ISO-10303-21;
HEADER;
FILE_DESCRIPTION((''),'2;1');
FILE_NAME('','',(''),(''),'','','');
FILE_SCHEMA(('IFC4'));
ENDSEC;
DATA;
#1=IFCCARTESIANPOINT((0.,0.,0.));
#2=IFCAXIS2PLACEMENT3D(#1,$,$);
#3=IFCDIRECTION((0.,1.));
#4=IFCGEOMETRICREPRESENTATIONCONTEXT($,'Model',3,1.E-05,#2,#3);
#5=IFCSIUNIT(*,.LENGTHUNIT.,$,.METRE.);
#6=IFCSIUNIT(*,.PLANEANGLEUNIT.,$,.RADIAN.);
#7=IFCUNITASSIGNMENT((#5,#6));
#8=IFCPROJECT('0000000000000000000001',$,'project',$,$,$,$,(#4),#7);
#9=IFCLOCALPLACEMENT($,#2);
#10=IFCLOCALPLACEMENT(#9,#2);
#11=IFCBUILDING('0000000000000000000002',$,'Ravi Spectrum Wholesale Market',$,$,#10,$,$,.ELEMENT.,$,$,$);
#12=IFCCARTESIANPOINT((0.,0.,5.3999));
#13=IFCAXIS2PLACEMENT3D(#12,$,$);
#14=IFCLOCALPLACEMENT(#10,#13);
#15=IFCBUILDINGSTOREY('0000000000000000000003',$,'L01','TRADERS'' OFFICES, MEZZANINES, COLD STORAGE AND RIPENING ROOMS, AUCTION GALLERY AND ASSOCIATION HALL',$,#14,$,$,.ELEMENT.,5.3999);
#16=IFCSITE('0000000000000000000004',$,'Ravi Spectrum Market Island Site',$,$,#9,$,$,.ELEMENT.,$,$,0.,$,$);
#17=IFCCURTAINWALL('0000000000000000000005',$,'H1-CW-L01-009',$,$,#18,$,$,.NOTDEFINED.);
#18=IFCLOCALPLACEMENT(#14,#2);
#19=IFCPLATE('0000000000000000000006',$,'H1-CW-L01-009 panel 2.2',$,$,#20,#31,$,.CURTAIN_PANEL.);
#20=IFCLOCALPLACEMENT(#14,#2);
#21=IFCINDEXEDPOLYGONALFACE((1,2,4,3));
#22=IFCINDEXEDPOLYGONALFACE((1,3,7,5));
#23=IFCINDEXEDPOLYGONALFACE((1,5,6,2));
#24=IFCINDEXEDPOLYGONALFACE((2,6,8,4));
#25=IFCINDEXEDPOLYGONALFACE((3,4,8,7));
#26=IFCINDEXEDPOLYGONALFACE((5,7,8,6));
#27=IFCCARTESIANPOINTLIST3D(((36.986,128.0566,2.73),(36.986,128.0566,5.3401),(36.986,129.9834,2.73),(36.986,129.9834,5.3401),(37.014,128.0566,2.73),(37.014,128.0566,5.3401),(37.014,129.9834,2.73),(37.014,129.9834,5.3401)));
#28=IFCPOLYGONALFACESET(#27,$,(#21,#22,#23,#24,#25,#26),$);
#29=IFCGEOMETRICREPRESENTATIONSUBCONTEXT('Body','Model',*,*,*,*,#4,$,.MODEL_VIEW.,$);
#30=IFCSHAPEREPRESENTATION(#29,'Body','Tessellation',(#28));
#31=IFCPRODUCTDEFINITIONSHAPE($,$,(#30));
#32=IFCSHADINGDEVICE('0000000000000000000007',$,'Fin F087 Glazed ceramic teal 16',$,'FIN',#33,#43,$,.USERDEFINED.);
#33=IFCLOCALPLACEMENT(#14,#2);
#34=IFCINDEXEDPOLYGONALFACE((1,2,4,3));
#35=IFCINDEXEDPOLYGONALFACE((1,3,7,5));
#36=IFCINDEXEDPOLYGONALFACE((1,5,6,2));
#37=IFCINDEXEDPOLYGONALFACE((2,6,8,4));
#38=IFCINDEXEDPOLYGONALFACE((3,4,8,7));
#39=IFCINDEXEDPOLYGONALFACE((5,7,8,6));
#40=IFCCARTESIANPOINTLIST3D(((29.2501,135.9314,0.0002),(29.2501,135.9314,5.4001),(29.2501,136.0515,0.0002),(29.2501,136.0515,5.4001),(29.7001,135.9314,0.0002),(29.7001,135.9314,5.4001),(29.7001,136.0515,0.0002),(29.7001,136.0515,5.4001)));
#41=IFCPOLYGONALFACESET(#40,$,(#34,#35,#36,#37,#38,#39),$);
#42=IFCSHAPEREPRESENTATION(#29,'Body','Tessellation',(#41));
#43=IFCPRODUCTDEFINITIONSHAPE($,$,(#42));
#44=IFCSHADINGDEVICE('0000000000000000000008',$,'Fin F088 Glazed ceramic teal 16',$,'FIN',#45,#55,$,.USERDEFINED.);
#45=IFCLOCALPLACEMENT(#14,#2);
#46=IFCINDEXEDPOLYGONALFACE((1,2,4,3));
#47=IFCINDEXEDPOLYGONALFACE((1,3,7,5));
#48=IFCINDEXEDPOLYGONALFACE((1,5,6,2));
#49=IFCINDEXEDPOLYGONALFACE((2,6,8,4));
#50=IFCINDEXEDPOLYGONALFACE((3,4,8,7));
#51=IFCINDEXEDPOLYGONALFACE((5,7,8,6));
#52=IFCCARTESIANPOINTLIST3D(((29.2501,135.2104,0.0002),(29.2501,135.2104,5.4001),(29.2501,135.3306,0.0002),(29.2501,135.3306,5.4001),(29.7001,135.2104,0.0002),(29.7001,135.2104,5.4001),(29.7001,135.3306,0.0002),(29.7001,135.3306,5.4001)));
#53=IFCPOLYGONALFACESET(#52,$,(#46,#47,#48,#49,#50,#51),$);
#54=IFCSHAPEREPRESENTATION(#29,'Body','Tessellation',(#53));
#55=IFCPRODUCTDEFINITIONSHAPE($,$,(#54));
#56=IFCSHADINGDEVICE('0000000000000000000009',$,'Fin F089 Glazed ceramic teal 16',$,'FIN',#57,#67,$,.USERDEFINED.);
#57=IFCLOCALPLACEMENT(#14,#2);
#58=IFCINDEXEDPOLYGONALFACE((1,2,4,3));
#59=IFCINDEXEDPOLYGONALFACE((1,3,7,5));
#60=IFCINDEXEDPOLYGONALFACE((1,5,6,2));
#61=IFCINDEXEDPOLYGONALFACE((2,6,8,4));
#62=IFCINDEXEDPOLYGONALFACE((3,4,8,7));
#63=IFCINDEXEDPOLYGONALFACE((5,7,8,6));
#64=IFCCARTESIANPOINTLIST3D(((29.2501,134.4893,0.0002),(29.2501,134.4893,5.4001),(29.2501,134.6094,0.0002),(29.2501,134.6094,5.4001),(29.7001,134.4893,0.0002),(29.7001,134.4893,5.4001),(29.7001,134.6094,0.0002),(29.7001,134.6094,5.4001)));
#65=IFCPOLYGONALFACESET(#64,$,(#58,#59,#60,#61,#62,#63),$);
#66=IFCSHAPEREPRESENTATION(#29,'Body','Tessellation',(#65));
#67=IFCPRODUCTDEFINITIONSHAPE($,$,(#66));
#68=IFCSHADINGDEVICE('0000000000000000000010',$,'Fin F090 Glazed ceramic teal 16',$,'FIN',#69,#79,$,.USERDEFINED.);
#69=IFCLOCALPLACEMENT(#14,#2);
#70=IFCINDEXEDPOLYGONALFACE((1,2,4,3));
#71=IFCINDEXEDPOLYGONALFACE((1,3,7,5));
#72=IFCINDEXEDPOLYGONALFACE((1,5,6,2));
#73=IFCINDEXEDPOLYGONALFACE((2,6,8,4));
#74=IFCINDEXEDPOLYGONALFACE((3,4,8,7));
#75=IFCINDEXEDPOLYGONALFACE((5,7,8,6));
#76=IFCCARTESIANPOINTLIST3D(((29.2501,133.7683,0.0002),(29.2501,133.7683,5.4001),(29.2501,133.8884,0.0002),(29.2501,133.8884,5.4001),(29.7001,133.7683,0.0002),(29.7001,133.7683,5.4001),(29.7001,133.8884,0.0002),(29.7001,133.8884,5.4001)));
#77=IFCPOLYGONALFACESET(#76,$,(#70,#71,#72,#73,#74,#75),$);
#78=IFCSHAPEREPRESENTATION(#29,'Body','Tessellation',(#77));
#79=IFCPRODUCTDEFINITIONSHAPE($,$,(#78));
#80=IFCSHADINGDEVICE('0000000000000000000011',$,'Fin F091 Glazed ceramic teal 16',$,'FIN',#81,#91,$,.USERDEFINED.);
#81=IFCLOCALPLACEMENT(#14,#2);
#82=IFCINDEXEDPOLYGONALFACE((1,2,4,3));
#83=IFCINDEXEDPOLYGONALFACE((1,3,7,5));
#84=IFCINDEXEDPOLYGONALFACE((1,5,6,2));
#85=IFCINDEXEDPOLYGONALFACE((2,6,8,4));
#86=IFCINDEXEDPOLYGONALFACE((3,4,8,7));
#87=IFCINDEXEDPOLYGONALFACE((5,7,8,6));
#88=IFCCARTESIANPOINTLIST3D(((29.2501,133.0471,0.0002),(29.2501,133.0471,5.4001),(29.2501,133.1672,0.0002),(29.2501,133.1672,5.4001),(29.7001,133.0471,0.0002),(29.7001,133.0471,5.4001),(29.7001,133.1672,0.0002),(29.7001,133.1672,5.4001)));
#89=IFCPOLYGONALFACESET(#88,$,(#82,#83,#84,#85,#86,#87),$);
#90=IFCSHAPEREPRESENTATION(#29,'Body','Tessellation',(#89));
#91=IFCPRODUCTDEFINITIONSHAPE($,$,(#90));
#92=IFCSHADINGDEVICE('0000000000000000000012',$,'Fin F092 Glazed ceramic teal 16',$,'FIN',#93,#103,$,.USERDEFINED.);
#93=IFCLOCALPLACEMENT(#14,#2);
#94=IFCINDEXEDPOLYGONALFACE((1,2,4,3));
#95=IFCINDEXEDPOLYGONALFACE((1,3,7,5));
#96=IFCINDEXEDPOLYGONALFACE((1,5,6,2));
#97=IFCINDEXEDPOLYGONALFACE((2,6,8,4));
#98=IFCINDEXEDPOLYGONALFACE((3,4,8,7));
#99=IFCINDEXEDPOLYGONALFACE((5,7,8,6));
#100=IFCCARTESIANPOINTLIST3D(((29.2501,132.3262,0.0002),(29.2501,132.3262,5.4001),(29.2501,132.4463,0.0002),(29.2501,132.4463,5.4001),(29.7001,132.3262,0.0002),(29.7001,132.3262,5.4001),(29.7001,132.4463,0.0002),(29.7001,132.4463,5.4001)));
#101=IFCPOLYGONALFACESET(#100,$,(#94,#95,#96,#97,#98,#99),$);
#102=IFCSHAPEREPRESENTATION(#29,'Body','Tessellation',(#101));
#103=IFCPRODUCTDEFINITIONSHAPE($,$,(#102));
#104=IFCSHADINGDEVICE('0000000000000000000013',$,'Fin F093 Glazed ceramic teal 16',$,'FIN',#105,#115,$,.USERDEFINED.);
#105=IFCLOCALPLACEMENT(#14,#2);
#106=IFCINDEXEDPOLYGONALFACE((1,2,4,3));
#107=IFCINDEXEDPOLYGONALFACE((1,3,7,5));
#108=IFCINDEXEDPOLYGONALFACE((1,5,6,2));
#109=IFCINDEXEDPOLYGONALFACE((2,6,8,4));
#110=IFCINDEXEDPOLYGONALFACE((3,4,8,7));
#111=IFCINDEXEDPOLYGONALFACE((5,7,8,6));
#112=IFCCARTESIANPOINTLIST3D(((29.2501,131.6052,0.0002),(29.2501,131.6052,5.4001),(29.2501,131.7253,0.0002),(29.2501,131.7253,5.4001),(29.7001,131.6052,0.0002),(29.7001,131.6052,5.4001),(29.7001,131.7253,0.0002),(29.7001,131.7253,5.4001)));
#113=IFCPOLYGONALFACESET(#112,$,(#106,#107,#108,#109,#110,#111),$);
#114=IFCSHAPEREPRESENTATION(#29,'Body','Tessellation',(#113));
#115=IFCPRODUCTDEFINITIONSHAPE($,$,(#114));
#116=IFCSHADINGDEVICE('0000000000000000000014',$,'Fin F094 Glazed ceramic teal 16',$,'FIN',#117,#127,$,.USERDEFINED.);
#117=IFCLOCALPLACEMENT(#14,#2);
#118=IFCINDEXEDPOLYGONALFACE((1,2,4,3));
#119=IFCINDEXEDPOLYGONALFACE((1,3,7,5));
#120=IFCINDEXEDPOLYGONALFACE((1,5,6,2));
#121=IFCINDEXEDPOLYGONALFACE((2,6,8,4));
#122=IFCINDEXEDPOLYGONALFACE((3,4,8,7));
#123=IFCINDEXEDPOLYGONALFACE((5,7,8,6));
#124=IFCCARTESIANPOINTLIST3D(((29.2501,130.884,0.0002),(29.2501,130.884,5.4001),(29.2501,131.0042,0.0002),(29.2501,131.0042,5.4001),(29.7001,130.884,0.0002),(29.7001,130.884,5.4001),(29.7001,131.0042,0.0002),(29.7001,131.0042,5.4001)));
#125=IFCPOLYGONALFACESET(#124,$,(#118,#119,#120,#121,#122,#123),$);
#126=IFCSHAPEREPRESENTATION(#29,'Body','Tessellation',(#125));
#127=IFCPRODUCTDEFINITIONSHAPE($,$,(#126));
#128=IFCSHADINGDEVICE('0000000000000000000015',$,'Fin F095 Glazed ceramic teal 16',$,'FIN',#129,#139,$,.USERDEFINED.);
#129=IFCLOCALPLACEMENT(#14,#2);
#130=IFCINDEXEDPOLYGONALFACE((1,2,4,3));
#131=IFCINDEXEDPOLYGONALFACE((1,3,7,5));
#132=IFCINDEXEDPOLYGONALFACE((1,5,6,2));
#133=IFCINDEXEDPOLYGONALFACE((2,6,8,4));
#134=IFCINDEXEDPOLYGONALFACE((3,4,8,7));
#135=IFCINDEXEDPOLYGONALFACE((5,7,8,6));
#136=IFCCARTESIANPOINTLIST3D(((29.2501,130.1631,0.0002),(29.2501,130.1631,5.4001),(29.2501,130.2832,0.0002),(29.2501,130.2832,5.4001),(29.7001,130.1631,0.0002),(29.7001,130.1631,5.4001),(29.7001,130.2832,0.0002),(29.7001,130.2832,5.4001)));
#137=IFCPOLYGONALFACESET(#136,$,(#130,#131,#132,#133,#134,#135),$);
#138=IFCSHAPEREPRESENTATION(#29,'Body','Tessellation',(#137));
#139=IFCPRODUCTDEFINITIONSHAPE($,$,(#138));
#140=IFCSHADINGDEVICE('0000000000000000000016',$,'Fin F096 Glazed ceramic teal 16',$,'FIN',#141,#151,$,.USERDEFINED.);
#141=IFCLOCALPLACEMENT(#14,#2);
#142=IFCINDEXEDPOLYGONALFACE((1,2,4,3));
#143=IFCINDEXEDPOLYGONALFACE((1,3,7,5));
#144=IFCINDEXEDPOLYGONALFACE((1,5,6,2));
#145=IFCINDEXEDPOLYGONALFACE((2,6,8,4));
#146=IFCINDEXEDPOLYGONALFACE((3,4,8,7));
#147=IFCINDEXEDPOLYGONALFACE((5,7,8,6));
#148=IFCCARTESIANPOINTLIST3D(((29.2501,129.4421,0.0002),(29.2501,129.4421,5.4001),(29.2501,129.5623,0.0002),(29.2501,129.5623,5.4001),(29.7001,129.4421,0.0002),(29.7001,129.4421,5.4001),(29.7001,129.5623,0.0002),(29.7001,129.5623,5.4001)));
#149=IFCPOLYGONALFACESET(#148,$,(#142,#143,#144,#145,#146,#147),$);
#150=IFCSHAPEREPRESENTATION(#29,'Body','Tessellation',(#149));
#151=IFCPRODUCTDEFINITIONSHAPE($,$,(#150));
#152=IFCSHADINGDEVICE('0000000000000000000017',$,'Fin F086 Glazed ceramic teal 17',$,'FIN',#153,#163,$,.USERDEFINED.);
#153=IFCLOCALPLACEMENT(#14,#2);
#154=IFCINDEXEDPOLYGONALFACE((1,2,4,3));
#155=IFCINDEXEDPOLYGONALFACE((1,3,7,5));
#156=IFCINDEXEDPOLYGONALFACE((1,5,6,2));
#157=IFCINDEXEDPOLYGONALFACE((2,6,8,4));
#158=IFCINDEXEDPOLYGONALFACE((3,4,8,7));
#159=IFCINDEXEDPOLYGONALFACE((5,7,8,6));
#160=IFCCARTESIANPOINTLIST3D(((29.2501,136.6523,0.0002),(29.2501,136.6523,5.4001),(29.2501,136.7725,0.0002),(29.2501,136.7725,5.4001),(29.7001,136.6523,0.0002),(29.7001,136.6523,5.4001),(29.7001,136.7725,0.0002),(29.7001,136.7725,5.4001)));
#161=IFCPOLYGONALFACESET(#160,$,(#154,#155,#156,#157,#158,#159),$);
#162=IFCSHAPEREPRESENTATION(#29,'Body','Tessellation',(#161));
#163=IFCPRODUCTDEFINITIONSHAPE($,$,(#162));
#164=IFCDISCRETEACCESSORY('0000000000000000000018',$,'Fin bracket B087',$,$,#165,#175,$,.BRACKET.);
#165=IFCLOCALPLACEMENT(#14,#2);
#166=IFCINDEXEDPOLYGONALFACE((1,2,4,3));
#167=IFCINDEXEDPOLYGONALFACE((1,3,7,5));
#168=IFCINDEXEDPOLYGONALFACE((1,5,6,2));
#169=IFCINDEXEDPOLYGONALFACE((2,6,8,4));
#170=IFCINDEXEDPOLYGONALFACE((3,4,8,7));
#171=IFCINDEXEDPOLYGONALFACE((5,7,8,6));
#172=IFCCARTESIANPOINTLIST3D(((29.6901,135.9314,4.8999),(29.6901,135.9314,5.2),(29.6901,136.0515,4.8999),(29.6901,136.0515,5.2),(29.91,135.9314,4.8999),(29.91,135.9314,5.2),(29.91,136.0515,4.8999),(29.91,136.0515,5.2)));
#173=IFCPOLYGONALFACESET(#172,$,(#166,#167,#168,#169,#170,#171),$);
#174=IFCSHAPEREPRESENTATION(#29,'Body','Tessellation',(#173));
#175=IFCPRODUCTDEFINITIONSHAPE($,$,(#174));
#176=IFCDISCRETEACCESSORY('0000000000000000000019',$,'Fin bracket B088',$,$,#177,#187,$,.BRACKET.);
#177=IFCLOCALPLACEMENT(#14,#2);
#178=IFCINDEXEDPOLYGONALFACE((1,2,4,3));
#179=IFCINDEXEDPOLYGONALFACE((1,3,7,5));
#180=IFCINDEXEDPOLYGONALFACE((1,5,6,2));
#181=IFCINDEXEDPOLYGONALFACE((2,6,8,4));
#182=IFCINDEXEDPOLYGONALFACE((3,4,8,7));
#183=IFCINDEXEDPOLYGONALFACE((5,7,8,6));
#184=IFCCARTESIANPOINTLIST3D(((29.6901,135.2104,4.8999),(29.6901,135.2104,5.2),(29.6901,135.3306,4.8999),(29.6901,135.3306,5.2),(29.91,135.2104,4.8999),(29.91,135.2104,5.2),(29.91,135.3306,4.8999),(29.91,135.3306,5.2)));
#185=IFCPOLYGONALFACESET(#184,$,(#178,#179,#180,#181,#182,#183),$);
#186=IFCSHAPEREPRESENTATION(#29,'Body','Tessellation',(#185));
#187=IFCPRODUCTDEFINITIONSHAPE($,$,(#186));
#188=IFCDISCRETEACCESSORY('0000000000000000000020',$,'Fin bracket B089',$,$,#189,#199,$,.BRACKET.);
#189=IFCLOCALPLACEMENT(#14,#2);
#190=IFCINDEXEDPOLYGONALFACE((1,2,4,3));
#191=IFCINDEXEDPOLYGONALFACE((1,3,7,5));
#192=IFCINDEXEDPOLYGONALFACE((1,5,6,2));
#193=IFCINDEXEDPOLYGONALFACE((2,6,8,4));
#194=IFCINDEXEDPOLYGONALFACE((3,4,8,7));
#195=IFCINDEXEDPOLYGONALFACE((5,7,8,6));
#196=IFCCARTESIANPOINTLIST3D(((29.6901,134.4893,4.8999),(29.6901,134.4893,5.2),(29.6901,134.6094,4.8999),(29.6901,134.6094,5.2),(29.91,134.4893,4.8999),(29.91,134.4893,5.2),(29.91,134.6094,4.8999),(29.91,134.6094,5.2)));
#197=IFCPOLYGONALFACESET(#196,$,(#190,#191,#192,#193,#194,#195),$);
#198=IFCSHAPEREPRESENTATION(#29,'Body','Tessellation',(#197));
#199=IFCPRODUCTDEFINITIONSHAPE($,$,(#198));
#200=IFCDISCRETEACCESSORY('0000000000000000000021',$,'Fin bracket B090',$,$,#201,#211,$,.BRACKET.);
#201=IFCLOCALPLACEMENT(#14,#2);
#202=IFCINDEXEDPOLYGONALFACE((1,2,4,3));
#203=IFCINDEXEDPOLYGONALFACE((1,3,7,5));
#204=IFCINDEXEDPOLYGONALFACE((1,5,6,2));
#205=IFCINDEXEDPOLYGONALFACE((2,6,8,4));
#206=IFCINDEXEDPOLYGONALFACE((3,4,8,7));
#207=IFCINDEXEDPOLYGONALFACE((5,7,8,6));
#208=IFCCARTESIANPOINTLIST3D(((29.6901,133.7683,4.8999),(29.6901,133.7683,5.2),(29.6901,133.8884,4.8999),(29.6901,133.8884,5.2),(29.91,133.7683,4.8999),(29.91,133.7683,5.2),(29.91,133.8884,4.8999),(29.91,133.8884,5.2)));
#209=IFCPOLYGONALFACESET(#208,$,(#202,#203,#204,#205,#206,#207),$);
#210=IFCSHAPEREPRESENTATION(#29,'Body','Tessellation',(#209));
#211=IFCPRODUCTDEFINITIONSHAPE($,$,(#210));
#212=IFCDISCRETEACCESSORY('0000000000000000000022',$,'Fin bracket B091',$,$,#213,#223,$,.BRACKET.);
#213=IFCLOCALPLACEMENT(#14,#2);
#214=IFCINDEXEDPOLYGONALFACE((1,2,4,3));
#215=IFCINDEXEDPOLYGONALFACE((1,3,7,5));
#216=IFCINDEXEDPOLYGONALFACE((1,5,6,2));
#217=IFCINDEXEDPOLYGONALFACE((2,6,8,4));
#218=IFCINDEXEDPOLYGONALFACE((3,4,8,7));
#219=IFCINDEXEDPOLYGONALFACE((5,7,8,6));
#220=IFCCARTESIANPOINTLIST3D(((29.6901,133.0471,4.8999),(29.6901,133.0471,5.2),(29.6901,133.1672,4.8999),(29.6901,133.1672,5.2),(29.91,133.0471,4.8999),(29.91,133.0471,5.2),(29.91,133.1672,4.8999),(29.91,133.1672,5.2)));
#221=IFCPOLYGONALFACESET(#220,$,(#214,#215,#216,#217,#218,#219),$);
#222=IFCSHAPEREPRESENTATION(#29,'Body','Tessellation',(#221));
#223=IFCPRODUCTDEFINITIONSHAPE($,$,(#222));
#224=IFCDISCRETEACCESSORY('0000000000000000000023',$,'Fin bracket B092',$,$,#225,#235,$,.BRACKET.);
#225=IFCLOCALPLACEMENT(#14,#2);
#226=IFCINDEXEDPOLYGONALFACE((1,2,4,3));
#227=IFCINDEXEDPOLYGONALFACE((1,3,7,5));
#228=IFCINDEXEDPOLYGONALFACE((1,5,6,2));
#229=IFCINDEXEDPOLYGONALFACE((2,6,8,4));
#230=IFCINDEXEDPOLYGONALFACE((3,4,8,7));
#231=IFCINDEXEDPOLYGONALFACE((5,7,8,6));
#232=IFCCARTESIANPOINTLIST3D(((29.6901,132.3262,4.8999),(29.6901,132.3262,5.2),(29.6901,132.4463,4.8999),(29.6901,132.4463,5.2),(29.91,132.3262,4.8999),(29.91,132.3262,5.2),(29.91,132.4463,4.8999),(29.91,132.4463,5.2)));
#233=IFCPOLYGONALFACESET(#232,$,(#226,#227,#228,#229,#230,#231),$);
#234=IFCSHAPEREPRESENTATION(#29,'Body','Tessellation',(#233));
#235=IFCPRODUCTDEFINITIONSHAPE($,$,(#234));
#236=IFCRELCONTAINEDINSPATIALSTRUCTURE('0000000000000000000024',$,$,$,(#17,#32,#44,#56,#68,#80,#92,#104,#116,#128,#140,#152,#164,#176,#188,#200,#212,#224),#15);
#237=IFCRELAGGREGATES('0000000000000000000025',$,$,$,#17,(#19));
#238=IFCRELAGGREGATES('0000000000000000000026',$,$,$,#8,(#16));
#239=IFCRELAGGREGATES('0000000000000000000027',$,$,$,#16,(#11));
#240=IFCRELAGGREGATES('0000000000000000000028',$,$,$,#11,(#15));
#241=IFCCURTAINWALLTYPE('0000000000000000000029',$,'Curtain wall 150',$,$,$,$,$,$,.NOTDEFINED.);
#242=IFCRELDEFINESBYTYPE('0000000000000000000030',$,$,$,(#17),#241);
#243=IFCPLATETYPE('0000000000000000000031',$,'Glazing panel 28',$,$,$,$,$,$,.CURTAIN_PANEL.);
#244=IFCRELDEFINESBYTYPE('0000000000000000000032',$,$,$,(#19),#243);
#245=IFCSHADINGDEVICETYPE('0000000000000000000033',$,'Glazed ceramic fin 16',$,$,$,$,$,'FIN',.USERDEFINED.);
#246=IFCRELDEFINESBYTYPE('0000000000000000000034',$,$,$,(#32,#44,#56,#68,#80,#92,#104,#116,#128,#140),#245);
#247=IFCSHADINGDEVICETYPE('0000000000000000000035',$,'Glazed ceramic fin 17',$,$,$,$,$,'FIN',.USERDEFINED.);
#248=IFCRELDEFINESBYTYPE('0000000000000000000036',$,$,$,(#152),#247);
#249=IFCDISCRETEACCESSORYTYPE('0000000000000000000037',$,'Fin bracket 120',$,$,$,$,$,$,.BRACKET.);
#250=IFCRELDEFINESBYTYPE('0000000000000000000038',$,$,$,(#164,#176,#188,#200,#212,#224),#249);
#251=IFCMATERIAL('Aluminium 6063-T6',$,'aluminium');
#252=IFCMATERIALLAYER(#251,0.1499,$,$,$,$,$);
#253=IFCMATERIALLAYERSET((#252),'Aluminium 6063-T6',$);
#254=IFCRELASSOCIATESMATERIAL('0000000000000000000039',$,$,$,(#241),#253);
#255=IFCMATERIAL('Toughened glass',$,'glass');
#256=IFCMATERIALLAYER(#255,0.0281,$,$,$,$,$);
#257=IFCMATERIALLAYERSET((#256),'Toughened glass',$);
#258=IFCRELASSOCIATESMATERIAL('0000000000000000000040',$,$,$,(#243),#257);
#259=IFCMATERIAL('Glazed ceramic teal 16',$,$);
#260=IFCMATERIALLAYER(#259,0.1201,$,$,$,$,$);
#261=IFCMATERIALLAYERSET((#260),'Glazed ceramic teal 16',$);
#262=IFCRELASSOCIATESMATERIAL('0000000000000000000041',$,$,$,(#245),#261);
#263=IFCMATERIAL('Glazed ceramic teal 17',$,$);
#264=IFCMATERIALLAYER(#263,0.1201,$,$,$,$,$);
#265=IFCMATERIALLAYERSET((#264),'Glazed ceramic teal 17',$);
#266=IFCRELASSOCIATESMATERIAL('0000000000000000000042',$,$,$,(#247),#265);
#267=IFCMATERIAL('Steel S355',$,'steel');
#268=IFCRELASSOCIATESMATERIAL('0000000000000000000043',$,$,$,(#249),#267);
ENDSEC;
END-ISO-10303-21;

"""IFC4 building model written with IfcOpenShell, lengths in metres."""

from ifc_helpers import new_model, si_unit, direction, frame, origin, origin_2d, place, context, subcontext, project, spatial, rectangle, extrude, material, layer, layer_set, type_object, element, aggregate, save


model = new_model("IFC4")

# Units and contexts
model_context = context("Model", 3, precision=1e-05, world=origin(), true_north=direction((0.0, 1.0)))
body_context = subcontext(model_context, "Body", "Model", "MODEL_VIEW")
ifc_project = project(units=[si_unit("LENGTHUNIT", "METRE"), si_unit("PLANEANGLEUNIT", "RADIAN")], contexts=[model_context])

# Site, building, storey
site_placement = place(None, origin())
site = spatial("IfcSite", under=ifc_project, at=site_placement, Name="Ravi Spectrum Market Island Site", CompositionType="ELEMENT", RefElevation=0.0)
building_placement = place(site_placement, origin())
building = spatial("IfcBuilding", under=site, at=building_placement, Name="Ravi Spectrum Wholesale Market", CompositionType="ELEMENT")
storey_placement = place(building_placement, frame((0.0, 0.0, 5.3999)))
storey = spatial("IfcBuildingStorey", under=building, at=storey_placement, Name="L01", Description="TRADERS' OFFICES, MEZZANINES, COLD STORAGE AND RIPENING ROOMS, AUCTION GALLERY AND ASSOCIATION HALL", CompositionType="ELEMENT", Elevation=5.3999)

# Curtain wall, plate
ifc_material_1 = material(Name="Aluminium 6063-T6", Category="aluminium")
ifc_layer_1 = layer(ifc_material_1, 0.1499)
ifc_layer_set_1 = layer_set([ifc_layer_1], Name="Aluminium 6063-T6")
curtain_wall_type = type_object("IfcCurtainWallType", Name="Curtain wall 150", PredefinedType="NOTDEFINED", material=ifc_layer_set_1)
curtain_wall_placement = place(storey_placement, origin())
curtain_wall = element("IfcCurtainWall", 1, at=curtain_wall_placement, inside=storey, type_object=curtain_wall_type, Name="H1-CW-L01-009", PredefinedType="NOTDEFINED")
ifc_material_2 = material(Name="Toughened glass", Category="glass")
ifc_layer_2 = layer(ifc_material_2, 0.0281)
ifc_layer_set_2 = layer_set([ifc_layer_2], Name="Toughened glass")
plate_type = type_object("IfcPlateType", Name="Glazing panel 28", PredefinedType="CURTAIN_PANEL", material=ifc_layer_set_2)
plate_placement = place(storey_placement, frame((37.0, 129.02, 2.73), z_axis=(0.0, 0.0, 1.0), x_axis=(0.0, 1.0, 0.0)))
plate = element("IfcPlate", 2, at=plate_placement, type_object=plate_type, Name="H1-CW-L01-009 panel 2.2", PredefinedType="CURTAIN_PANEL", context=body_context, shape_type="SweptSolid", body=[
    extrude(rectangle(XDim=1.9268, YDim=0.0281, at=origin_2d()), origin(), (0.0, 0.0, 1.0), 2.6101),
])
aggregate(curtain_wall, [plate])

# Shading devices
ifc_material_3 = material(Name="Glazed ceramic teal 16")
ifc_layer_3 = layer(ifc_material_3, 0.1201)
ifc_layer_set_3 = layer_set([ifc_layer_3], Name="Glazed ceramic teal 16")
shading_device_type_1 = type_object("IfcShadingDeviceType", Name="Glazed ceramic fin 16", ElementType="FIN", PredefinedType="USERDEFINED", material=ifc_layer_set_3)
for number, where, z_axis, x_axis, name in (
    (3, (29.4751, 135.9915, 0.0002), (0.0, 0.0, 1.0), (0.0, -1.0, 0.0), "Fin F087 Glazed ceramic teal 16"),
    (4, (29.4751, 135.2705, 0.0002), (0.0, 0.0, 1.0), (0.0, -1.0, 0.0), "Fin F088 Glazed ceramic teal 16"),
    (5, (29.4751, 134.5493, 0.0002), (0.0, 0.0, 1.0), (0.0, -1.0, 0.0), "Fin F089 Glazed ceramic teal 16"),
    (6, (29.4751, 133.8284, 0.0002), (0.0, 0.0, 1.0), (0.0, -1.0, 0.0), "Fin F090 Glazed ceramic teal 16"),
    (7, (29.4751, 133.1072, 0.0002), (0.0, 0.0, 1.0), (0.0, -1.0, 0.0), "Fin F091 Glazed ceramic teal 16"),
    (8, (29.4751, 132.3862, 0.0002), (0.0, 0.0, 1.0), (0.0, -1.0, 0.0), "Fin F092 Glazed ceramic teal 16"),
    (9, (29.4751, 131.6653, 0.0002), (0.0, 0.0, 1.0), (0.0, -1.0, 0.0), "Fin F093 Glazed ceramic teal 16"),
    (10, (29.4751, 130.9441, 0.0002), (0.0, 0.0, 1.0), (0.0, -1.0, 0.0), "Fin F094 Glazed ceramic teal 16"),
    (11, (29.4751, 130.2231, 0.0002), (0.0, 0.0, 1.0), (0.0, -1.0, 0.0), "Fin F095 Glazed ceramic teal 16"),
    (12, (29.4751, 129.5022, 0.0002), (0.0, 0.0, 1.0), (0.0, -1.0, 0.0), "Fin F096 Glazed ceramic teal 16"),
):
    element("IfcShadingDevice", number, at=place(storey_placement, frame(where, z_axis=z_axis, x_axis=x_axis)), inside=storey, type_object=shading_device_type_1, Name=name, ObjectType="FIN", PredefinedType="USERDEFINED", context=body_context, shape_type="SweptSolid", body=[
        extrude(rectangle(XDim=0.1201, YDim=0.45, at=origin_2d()), origin(), (0.0, 0.0, 1.0), 5.3999),
    ])
ifc_material_4 = material(Name="Glazed ceramic teal 17")
ifc_layer_4 = layer(ifc_material_4, 0.1201)
ifc_layer_set_4 = layer_set([ifc_layer_4], Name="Glazed ceramic teal 17")
shading_device_type_2 = type_object("IfcShadingDeviceType", Name="Glazed ceramic fin 17", ElementType="FIN", PredefinedType="USERDEFINED", material=ifc_layer_set_4)
shading_device_placement = place(storey_placement, frame((29.4751, 136.7124, 0.0002), z_axis=(0.0, 0.0, 1.0), x_axis=(0.0, -1.0, 0.0)))
element("IfcShadingDevice", 13, at=shading_device_placement, inside=storey, type_object=shading_device_type_2, Name="Fin F086 Glazed ceramic teal 17", ObjectType="FIN", PredefinedType="USERDEFINED", context=body_context, shape_type="SweptSolid", body=[
    extrude(rectangle(XDim=0.1201, YDim=0.45, at=origin_2d()), origin(), (0.0, 0.0, 1.0), 5.3999),
])

# Discrete accessories
ifc_material_5 = material(Name="Steel S355", Category="steel")
discrete_accessory_type = type_object("IfcDiscreteAccessoryType", Name="Fin bracket 120", PredefinedType="BRACKET", material=ifc_material_5)
for number, where, z_axis, x_axis, name in (
    (14, (29.8, 135.9915, 4.8999), (0.0, 0.0, 1.0), (0.0, -1.0, 0.0), "Fin bracket B087"),
    (15, (29.8, 135.2705, 4.8999), (0.0, 0.0, 1.0), (0.0, -1.0, 0.0), "Fin bracket B088"),
    (16, (29.8, 134.5493, 4.8999), (0.0, 0.0, 1.0), (0.0, -1.0, 0.0), "Fin bracket B089"),
    (17, (29.8, 133.8284, 4.8999), (0.0, 0.0, 1.0), (0.0, -1.0, 0.0), "Fin bracket B090"),
    (18, (29.8, 133.1072, 4.8999), (0.0, 0.0, 1.0), (0.0, -1.0, 0.0), "Fin bracket B091"),
    (19, (29.8, 132.3862, 4.8999), (0.0, 0.0, 1.0), (0.0, -1.0, 0.0), "Fin bracket B092"),
):
    element("IfcDiscreteAccessory", number, at=place(storey_placement, frame(where, z_axis=z_axis, x_axis=x_axis)), inside=storey, type_object=discrete_accessory_type, Name=name, PredefinedType="BRACKET", context=body_context, shape_type="SweptSolid", body=[
        extrude(rectangle(XDim=0.1201, YDim=0.22, at=origin_2d()), origin(), (0.0, 0.0, 1.0), 0.3),
    ])

save(model, "model.ifc")
